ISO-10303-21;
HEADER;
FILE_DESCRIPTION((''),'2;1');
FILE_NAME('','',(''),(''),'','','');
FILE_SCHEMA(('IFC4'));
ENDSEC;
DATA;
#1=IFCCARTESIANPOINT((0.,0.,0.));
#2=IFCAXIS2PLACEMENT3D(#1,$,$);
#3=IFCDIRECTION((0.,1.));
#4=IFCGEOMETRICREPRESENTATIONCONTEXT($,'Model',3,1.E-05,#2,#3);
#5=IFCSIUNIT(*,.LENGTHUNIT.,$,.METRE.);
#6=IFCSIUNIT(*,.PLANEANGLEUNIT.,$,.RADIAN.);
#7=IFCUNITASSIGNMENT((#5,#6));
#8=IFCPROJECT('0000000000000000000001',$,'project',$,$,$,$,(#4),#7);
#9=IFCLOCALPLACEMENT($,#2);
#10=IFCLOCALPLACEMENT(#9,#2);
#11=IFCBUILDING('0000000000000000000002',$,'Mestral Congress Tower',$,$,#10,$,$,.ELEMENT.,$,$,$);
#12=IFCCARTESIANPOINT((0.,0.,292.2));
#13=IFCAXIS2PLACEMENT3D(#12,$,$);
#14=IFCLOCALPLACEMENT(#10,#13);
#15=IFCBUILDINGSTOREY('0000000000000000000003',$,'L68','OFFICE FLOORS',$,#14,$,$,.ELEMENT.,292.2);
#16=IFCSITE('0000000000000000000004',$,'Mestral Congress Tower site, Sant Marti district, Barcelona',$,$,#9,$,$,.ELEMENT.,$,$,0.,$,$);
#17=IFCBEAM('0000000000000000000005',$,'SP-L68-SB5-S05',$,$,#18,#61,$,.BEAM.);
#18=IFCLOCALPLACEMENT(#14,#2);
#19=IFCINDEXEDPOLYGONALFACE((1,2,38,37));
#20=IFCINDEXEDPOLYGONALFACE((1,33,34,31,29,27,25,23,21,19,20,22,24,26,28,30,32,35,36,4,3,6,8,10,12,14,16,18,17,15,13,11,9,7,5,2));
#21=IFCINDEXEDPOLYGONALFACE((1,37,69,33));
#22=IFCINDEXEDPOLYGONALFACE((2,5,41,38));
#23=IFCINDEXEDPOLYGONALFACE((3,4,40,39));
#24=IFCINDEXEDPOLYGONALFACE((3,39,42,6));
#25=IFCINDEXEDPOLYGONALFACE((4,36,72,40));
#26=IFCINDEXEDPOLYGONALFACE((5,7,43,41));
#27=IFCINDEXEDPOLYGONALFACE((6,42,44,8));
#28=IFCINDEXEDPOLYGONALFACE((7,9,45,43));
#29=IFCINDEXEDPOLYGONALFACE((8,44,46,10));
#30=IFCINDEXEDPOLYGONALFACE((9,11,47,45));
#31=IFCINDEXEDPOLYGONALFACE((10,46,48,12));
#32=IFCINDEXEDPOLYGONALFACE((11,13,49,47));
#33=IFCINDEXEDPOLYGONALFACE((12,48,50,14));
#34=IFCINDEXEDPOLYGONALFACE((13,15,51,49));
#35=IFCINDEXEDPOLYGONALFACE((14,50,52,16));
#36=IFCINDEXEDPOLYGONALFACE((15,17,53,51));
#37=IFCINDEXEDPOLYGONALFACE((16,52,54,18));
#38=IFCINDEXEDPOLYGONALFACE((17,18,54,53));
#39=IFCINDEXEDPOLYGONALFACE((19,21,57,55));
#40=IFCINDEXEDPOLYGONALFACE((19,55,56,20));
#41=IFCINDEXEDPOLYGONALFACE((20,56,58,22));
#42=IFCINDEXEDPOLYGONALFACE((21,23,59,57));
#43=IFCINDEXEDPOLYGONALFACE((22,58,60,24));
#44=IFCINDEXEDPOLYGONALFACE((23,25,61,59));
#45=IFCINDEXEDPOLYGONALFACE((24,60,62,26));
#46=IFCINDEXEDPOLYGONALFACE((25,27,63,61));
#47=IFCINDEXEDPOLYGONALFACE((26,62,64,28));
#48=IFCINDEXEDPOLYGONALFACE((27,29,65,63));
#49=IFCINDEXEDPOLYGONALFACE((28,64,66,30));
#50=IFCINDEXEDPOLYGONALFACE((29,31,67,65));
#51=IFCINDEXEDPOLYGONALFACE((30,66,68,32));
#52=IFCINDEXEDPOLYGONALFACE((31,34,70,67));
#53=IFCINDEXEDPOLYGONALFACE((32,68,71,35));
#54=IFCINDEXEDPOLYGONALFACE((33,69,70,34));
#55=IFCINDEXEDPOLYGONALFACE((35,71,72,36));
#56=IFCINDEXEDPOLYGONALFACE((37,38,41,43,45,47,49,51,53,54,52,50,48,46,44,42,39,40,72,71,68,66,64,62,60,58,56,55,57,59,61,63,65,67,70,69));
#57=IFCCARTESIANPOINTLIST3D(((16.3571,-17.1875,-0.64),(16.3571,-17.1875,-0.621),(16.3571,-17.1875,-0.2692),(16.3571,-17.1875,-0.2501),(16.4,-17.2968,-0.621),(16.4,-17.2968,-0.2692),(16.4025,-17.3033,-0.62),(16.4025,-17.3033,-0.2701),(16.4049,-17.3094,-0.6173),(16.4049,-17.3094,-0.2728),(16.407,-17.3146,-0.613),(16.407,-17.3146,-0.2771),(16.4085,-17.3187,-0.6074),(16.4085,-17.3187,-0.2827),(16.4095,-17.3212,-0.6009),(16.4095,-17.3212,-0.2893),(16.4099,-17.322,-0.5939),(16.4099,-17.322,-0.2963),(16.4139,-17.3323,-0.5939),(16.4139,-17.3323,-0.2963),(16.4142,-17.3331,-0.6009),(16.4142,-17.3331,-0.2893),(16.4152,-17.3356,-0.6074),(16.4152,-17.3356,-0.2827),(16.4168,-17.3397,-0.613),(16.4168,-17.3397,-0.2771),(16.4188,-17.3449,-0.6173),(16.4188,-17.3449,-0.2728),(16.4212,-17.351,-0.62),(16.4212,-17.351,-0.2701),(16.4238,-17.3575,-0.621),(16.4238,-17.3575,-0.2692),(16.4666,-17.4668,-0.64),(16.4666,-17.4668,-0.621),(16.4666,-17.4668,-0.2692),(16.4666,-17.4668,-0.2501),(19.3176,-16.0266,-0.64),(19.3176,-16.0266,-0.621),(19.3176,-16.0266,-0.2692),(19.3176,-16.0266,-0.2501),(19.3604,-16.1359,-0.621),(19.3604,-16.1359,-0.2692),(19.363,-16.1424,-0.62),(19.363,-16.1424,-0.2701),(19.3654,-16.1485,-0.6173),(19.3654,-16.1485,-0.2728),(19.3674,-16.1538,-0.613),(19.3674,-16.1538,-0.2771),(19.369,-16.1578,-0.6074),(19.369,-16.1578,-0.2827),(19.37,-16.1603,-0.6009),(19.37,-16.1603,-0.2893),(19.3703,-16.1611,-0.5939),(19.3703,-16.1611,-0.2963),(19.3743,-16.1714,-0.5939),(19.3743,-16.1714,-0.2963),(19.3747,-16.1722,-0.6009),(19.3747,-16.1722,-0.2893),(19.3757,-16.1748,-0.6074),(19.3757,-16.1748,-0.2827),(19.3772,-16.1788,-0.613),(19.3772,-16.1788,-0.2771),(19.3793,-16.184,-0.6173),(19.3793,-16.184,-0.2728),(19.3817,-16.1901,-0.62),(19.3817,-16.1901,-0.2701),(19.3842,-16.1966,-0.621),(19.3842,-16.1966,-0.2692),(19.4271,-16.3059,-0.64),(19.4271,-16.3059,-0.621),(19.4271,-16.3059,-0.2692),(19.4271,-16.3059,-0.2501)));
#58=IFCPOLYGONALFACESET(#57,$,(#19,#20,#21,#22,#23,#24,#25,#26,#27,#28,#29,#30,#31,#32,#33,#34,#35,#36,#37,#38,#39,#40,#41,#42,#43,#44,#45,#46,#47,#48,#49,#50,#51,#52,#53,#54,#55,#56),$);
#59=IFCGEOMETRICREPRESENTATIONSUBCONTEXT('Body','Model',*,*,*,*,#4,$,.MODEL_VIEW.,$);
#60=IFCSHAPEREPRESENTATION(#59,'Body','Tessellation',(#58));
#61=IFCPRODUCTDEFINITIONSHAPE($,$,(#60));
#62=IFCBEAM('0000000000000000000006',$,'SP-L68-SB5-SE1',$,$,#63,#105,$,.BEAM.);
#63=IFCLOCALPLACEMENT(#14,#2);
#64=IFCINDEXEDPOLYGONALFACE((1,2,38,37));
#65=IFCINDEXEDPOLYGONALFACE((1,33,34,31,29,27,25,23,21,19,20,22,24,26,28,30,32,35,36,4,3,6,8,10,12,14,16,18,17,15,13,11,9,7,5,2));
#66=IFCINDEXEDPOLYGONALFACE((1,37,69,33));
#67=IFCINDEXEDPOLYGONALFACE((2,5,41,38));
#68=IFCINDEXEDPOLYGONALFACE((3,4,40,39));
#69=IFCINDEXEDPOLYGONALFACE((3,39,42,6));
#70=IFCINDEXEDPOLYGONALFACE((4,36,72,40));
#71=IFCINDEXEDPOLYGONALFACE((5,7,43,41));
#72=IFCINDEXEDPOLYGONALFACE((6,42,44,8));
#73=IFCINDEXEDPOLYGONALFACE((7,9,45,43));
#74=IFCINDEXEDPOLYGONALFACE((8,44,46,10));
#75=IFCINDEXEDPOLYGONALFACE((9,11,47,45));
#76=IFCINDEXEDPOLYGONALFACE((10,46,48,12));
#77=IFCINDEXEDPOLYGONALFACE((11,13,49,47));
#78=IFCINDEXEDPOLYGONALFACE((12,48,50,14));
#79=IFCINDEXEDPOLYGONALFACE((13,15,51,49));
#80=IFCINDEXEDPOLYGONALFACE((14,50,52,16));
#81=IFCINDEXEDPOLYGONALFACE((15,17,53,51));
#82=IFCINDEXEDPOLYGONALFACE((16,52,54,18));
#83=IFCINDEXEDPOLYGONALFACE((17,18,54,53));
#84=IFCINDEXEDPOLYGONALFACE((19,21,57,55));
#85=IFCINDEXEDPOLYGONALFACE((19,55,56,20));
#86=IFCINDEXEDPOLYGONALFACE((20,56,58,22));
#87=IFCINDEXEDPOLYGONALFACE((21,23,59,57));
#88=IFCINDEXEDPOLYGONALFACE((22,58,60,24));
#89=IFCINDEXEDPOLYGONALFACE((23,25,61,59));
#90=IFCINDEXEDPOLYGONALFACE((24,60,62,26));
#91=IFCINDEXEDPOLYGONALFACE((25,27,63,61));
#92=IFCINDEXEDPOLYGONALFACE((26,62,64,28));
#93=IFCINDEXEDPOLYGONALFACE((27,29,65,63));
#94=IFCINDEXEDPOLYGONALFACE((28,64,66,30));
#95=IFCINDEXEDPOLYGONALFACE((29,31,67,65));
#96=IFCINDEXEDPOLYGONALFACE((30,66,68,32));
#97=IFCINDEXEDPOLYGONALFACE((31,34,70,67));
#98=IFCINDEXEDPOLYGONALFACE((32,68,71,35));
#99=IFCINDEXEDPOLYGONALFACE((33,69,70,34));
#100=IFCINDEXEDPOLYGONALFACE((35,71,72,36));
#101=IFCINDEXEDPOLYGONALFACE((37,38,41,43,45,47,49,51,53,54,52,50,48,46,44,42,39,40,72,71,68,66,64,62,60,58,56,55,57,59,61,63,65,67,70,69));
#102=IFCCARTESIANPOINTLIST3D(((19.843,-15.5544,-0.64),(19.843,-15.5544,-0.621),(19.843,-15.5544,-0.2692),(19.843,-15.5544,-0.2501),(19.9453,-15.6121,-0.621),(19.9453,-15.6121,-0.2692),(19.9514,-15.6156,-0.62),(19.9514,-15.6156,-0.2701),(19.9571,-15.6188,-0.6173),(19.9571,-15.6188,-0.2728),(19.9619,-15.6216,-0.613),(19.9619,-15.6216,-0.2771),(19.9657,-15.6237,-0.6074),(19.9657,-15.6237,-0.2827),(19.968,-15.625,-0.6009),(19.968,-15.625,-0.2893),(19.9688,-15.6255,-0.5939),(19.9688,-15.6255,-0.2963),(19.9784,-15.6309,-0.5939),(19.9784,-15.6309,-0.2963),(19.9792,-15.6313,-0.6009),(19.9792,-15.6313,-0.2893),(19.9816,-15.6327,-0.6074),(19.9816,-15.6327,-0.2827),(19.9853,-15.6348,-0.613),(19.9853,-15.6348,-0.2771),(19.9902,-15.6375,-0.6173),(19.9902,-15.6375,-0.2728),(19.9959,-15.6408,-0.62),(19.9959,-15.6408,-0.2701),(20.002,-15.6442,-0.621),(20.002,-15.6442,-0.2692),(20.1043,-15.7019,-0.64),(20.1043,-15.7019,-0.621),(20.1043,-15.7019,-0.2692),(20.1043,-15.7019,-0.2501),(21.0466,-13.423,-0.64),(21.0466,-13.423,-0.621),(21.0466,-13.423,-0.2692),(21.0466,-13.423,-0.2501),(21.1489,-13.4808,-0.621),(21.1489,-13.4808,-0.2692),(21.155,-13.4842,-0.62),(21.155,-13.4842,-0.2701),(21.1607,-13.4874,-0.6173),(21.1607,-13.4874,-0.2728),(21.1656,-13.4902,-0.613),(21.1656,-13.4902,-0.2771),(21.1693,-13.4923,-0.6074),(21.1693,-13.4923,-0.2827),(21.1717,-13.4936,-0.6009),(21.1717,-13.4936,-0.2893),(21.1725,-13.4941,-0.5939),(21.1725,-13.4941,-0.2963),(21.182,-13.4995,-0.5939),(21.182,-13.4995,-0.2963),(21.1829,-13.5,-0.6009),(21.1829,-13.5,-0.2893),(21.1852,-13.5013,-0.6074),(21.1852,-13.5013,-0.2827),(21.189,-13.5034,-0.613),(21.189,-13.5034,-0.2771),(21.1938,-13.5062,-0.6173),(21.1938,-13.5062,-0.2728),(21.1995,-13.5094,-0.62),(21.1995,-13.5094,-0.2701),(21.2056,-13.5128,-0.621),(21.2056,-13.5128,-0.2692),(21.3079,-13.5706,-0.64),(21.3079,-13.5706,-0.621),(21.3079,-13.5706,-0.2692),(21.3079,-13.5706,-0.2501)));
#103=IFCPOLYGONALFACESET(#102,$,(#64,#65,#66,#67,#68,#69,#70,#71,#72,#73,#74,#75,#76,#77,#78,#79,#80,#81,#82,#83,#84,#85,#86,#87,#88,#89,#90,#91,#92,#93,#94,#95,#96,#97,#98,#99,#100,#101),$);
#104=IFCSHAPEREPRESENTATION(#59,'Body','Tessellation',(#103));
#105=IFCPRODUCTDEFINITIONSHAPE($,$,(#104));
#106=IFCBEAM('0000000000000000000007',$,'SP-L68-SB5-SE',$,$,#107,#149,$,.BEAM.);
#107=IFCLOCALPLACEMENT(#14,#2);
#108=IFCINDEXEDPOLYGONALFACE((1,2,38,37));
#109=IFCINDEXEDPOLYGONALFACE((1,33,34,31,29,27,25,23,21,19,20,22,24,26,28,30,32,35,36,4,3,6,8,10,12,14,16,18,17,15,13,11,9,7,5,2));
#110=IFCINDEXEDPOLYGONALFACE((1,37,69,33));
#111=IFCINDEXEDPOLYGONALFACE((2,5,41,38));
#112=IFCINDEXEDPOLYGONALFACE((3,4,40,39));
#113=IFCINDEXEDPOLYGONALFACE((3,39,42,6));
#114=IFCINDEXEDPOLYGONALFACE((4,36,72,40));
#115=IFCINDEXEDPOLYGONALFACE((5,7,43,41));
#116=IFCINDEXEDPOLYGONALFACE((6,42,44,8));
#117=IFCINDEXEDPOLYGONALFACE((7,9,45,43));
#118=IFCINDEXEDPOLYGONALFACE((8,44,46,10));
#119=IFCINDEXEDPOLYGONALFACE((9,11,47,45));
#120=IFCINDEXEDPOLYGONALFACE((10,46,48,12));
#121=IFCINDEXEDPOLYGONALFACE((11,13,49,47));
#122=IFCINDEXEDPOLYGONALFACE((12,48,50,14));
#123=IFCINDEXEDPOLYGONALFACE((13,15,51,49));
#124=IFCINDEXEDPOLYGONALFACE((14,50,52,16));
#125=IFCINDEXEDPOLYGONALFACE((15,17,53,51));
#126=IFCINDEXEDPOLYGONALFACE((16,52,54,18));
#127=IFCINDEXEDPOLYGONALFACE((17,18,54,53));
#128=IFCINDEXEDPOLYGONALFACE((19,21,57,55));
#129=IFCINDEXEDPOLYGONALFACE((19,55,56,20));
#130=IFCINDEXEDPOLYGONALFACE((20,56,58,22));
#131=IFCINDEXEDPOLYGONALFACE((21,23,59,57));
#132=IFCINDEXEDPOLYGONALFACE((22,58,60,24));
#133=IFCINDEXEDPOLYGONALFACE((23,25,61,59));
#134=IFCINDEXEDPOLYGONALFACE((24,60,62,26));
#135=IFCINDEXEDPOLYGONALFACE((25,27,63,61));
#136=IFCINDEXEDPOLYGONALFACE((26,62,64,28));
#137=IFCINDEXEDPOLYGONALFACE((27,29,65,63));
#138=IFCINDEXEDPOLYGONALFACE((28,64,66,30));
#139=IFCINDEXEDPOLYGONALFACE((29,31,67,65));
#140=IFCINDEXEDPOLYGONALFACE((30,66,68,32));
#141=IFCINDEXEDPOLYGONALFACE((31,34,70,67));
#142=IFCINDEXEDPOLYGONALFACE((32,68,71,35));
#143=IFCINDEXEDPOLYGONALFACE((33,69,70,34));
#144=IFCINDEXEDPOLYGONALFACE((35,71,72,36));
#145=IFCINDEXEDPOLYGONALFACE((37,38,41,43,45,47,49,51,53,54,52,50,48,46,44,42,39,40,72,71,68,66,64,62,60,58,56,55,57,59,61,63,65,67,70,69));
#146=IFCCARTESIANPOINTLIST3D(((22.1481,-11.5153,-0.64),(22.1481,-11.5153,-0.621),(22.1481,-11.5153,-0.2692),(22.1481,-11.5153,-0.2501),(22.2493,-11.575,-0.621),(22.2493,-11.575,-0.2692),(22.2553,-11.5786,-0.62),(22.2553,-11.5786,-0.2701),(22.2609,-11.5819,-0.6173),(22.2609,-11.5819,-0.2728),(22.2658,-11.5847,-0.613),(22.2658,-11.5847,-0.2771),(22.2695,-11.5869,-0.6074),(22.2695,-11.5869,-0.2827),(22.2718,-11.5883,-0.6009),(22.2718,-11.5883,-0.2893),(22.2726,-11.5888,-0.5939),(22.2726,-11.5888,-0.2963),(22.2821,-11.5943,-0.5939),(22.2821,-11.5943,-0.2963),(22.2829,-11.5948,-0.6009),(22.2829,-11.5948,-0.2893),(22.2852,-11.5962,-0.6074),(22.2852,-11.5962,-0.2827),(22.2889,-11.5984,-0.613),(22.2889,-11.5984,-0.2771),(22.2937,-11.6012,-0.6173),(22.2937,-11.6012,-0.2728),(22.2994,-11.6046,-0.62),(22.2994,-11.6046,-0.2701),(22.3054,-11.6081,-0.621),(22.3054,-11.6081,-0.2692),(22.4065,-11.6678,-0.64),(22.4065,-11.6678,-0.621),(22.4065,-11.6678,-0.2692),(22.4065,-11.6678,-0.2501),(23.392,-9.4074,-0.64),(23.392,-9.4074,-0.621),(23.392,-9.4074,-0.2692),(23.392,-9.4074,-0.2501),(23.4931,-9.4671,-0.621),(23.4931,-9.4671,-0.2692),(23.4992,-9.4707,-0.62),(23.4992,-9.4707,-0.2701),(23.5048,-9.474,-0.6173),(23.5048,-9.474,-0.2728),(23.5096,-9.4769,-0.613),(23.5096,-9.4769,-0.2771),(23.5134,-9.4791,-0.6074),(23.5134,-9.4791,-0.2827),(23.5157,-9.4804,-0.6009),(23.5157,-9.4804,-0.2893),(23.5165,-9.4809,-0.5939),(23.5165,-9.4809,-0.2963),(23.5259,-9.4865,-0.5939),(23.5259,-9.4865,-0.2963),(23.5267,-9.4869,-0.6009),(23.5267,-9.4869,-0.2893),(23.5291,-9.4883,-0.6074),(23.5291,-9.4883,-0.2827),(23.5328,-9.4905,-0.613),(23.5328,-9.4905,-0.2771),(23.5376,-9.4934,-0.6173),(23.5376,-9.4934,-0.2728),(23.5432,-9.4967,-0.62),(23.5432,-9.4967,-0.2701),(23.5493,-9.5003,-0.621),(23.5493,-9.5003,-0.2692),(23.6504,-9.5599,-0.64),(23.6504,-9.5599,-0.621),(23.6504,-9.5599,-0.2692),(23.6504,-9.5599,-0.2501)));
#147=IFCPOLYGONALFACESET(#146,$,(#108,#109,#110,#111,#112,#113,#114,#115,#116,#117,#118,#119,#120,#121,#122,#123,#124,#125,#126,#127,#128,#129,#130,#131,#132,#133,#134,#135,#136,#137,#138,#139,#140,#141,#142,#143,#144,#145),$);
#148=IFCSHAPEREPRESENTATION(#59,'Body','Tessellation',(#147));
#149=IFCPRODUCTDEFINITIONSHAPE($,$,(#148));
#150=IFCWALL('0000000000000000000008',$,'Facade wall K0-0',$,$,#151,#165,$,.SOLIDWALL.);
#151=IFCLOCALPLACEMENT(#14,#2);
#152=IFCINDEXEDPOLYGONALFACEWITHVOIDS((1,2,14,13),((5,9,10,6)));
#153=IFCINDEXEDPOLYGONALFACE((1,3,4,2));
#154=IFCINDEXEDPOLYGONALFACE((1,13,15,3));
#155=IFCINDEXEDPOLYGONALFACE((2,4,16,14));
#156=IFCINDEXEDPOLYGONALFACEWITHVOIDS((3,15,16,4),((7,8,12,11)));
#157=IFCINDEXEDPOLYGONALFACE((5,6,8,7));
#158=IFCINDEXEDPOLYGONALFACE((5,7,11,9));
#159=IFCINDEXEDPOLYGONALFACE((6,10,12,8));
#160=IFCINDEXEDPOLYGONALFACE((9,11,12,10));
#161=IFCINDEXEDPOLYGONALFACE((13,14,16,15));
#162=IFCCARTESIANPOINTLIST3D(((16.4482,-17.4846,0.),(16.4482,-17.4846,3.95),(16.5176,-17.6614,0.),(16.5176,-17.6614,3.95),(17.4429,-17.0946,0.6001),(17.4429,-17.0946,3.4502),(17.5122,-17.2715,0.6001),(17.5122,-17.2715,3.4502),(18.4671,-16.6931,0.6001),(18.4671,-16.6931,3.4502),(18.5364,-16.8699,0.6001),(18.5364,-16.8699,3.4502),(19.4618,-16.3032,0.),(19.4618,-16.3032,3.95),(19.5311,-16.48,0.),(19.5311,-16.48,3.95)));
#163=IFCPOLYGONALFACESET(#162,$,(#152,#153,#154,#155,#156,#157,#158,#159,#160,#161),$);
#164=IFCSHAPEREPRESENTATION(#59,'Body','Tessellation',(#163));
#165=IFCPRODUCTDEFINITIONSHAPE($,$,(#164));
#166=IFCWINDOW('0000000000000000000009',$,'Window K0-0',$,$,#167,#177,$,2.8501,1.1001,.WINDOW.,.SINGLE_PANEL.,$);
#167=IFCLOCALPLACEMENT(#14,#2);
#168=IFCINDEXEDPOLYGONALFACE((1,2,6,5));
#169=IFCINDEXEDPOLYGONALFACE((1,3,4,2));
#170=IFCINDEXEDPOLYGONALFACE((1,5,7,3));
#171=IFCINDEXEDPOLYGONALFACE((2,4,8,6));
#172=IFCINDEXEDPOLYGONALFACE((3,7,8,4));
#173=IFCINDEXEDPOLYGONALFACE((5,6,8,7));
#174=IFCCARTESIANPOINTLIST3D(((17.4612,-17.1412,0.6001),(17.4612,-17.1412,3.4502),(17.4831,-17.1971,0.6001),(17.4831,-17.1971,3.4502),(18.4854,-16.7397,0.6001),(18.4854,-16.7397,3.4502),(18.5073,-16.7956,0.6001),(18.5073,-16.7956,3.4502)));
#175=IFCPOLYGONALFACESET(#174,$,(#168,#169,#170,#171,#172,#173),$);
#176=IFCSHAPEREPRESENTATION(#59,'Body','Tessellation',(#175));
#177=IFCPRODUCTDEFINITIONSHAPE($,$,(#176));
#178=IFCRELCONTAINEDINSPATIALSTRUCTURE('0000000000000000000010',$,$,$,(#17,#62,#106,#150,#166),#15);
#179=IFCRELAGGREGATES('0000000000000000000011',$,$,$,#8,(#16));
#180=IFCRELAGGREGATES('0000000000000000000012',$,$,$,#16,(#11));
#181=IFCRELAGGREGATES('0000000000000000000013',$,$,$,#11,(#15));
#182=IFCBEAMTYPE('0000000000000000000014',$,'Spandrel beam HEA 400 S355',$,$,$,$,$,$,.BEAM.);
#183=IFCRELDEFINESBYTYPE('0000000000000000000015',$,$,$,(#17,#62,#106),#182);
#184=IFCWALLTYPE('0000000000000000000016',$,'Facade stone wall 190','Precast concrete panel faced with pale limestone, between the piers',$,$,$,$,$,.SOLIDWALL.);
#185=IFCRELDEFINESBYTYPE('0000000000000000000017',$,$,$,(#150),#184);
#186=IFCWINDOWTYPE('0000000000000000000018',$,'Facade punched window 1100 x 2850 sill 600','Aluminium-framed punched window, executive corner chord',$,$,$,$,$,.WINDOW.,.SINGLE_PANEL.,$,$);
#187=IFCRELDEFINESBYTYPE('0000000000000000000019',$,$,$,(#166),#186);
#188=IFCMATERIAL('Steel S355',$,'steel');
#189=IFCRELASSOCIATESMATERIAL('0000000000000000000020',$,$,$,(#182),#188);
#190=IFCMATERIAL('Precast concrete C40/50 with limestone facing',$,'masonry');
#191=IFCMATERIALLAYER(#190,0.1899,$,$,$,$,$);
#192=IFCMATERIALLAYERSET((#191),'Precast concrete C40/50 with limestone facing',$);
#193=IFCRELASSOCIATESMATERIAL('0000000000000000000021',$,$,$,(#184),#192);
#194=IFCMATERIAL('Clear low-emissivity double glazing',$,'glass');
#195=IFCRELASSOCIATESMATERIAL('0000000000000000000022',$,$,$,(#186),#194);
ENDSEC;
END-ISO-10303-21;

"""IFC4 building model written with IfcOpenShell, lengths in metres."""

from ifc_helpers import new_model, si_unit, direction, frame, frame_2d, origin, origin_2d, place, context, subcontext, project, spatial, rectangle, i_section, extrude, material, layer, layer_set, material_profile, profile_set, type_object, element, fill, save


model = new_model("IFC4")

# Units and contexts
model_context = context("Model", 3, precision=1e-05, world=origin(), true_north=direction((0.0, 1.0)))
body_context = subcontext(model_context, "Body", "Model", "MODEL_VIEW")
ifc_project = project(units=[si_unit("LENGTHUNIT", "METRE"), si_unit("PLANEANGLEUNIT", "RADIAN")], contexts=[model_context])

# Site, building, storey
site_placement = place(None, origin())
site = spatial("IfcSite", under=ifc_project, at=site_placement, Name="Mestral Congress Tower site, Sant Marti district, Barcelona", CompositionType="ELEMENT", RefElevation=0.0)
building_placement = place(site_placement, origin())
building = spatial("IfcBuilding", under=site, at=building_placement, Name="Mestral Congress Tower", CompositionType="ELEMENT")
storey_placement = place(building_placement, frame((0.0, 0.0, 292.2)))
storey = spatial("IfcBuildingStorey", under=building, at=storey_placement, Name="L68", Description="OFFICE FLOORS", CompositionType="ELEMENT", Elevation=292.2)

# Beams
ifc_material_1 = material(Name="Steel S355", Category="steel")
ifc_material_profile_1 = material_profile(ifc_material_1, i_section(OverallWidth=0.3, OverallDepth=0.3899, WebThickness=0.011, FlangeThickness=0.019, FilletRadius=0.0271, at=origin_2d()), Name="HEA 400")
ifc_profile_set_1 = profile_set([ifc_material_profile_1], Name="Steel S355")
beam_type_1 = type_object("IfcBeamType", Name="Spandrel beam HEA 400 S355", PredefinedType="BEAM", material=ifc_profile_set_1)
beam_1_placement = place(storey_placement, frame((16.4119, -17.3271, -0.4451), z_axis=(0.930981, 0.365068, 0.0), x_axis=(-0.365068, 0.930981, 0.0)))
element("IfcBeam", 1, at=beam_1_placement, inside=storey, type_object=beam_type_1, Name="SP-L68-SB5-S05", PredefinedType="BEAM", context=body_context, shape_type="SweptSolid", body=[
    extrude(i_section(OverallWidth=0.3, OverallDepth=0.3899, WebThickness=0.011, FlangeThickness=0.019, FilletRadius=0.0271, at=origin_2d()), origin(), (0.0, 0.0, 1.0), 3.1799),
])
beam_2_placement = place(storey_placement, frame((19.9736, -15.6282, -0.4451), z_axis=(0.491729, 0.870749, 0.0), x_axis=(-0.870749, 0.491729, 0.0)))
element("IfcBeam", 2, at=beam_2_placement, inside=storey, type_object=beam_type_1, Name="SP-L68-SB5-SE1", PredefinedType="BEAM", context=body_context, shape_type="SweptSolid", body=[
    extrude(i_section(OverallWidth=0.3, OverallDepth=0.3899, WebThickness=0.011, FlangeThickness=0.019, FilletRadius=0.0271, at=origin_2d()), origin(), (0.0, 0.0, 1.0), 2.4478),
])
beam_3_placement = place(storey_placement, frame((22.2773, -11.5916, -0.4451), z_axis=(0.508218, 0.861228, 0.0), x_axis=(-0.861228, 0.508218, 0.0)))
element("IfcBeam", 3, at=beam_3_placement, inside=storey, type_object=beam_type_1, Name="SP-L68-SB5-SE", PredefinedType="BEAM", context=body_context, shape_type="SweptSolid", body=[
    extrude(i_section(OverallWidth=0.3, OverallDepth=0.3899, WebThickness=0.011, FlangeThickness=0.019, FilletRadius=0.0271, at=origin_2d()), origin(), (0.0, 0.0, 1.0), 2.4475),
])

# Wall, opening, window
ifc_material_2 = material(Name="Precast concrete C40/50 with limestone facing", Category="masonry")
ifc_layer_1 = layer(ifc_material_2, 0.1899)
ifc_layer_set_1 = layer_set([ifc_layer_1], Name="Precast concrete C40/50 with limestone facing")
wall_type_1 = type_object("IfcWallType", Name="Facade stone wall 190", Description="Precast concrete panel faced with pale limestone, between the piers", PredefinedType="SOLIDWALL", material=ifc_layer_set_1)
wall_1_placement = place(storey_placement, frame((16.4829, -17.573, 0.0), z_axis=(0.0, 0.0, 1.0), x_axis=(0.931009, 0.364997, 0.0)))
wall_1 = element("IfcWall", 4, at=wall_1_placement, inside=storey, type_object=wall_type_1, Name="Facade wall K0-0", PredefinedType="SOLIDWALL", context=body_context, shape_type="SweptSolid", body=[
    extrude(rectangle(XDim=3.2368, YDim=0.1899, at=frame_2d((1.6184, 0.0))), origin(), (0.0, 0.0, 1.0), 3.95),
])
opening_1_placement = place(wall_1_placement, frame((1.0684, 0.0, 0.6001)))
opening_1 = element("IfcOpeningElement", 5, at=opening_1_placement, cuts=wall_1, PredefinedType="OPENING", context=body_context, shape_type="SweptSolid", body=[
    extrude(rectangle(XDim=1.1001, YDim=2.8501, at=frame_2d((0.55, 1.425))), frame((0.0, 0.105, 0.0), z_axis=(0.0, -1.0, 0.0), x_axis=(1.0, 0.0, 0.0)), (0.0, 0.0, 1.0), 0.21),
])
ifc_material_3 = material(Name="Clear low-emissivity double glazing", Category="glass")
window_type = type_object("IfcWindowType", Name="Facade punched window 1100 x 2850 sill 600", Description="Aluminium-framed punched window, executive corner chord", PartitioningType="SINGLE_PANEL", PredefinedType="WINDOW", material=ifc_material_3)
window_1_placement = place(opening_1_placement, origin())
window_1 = element("IfcWindow", 6, at=window_1_placement, inside=storey, type_object=window_type, Name="Window K0-0", OverallHeight=2.8501, OverallWidth=1.1001, PartitioningType="SINGLE_PANEL", PredefinedType="WINDOW", context=body_context, shape_type="SweptSolid", body=[
    extrude(rectangle(XDim=1.1001, YDim=2.8501, at=frame_2d((0.55, 1.425))), frame((0.0, 0.0449, 0.0), z_axis=(0.0, -1.0, 0.0), x_axis=(1.0, 0.0, 0.0)), (0.0, 0.0, 1.0), 0.0601),
])
fill(opening_1, window_1)

save(model, "model.ifc")
